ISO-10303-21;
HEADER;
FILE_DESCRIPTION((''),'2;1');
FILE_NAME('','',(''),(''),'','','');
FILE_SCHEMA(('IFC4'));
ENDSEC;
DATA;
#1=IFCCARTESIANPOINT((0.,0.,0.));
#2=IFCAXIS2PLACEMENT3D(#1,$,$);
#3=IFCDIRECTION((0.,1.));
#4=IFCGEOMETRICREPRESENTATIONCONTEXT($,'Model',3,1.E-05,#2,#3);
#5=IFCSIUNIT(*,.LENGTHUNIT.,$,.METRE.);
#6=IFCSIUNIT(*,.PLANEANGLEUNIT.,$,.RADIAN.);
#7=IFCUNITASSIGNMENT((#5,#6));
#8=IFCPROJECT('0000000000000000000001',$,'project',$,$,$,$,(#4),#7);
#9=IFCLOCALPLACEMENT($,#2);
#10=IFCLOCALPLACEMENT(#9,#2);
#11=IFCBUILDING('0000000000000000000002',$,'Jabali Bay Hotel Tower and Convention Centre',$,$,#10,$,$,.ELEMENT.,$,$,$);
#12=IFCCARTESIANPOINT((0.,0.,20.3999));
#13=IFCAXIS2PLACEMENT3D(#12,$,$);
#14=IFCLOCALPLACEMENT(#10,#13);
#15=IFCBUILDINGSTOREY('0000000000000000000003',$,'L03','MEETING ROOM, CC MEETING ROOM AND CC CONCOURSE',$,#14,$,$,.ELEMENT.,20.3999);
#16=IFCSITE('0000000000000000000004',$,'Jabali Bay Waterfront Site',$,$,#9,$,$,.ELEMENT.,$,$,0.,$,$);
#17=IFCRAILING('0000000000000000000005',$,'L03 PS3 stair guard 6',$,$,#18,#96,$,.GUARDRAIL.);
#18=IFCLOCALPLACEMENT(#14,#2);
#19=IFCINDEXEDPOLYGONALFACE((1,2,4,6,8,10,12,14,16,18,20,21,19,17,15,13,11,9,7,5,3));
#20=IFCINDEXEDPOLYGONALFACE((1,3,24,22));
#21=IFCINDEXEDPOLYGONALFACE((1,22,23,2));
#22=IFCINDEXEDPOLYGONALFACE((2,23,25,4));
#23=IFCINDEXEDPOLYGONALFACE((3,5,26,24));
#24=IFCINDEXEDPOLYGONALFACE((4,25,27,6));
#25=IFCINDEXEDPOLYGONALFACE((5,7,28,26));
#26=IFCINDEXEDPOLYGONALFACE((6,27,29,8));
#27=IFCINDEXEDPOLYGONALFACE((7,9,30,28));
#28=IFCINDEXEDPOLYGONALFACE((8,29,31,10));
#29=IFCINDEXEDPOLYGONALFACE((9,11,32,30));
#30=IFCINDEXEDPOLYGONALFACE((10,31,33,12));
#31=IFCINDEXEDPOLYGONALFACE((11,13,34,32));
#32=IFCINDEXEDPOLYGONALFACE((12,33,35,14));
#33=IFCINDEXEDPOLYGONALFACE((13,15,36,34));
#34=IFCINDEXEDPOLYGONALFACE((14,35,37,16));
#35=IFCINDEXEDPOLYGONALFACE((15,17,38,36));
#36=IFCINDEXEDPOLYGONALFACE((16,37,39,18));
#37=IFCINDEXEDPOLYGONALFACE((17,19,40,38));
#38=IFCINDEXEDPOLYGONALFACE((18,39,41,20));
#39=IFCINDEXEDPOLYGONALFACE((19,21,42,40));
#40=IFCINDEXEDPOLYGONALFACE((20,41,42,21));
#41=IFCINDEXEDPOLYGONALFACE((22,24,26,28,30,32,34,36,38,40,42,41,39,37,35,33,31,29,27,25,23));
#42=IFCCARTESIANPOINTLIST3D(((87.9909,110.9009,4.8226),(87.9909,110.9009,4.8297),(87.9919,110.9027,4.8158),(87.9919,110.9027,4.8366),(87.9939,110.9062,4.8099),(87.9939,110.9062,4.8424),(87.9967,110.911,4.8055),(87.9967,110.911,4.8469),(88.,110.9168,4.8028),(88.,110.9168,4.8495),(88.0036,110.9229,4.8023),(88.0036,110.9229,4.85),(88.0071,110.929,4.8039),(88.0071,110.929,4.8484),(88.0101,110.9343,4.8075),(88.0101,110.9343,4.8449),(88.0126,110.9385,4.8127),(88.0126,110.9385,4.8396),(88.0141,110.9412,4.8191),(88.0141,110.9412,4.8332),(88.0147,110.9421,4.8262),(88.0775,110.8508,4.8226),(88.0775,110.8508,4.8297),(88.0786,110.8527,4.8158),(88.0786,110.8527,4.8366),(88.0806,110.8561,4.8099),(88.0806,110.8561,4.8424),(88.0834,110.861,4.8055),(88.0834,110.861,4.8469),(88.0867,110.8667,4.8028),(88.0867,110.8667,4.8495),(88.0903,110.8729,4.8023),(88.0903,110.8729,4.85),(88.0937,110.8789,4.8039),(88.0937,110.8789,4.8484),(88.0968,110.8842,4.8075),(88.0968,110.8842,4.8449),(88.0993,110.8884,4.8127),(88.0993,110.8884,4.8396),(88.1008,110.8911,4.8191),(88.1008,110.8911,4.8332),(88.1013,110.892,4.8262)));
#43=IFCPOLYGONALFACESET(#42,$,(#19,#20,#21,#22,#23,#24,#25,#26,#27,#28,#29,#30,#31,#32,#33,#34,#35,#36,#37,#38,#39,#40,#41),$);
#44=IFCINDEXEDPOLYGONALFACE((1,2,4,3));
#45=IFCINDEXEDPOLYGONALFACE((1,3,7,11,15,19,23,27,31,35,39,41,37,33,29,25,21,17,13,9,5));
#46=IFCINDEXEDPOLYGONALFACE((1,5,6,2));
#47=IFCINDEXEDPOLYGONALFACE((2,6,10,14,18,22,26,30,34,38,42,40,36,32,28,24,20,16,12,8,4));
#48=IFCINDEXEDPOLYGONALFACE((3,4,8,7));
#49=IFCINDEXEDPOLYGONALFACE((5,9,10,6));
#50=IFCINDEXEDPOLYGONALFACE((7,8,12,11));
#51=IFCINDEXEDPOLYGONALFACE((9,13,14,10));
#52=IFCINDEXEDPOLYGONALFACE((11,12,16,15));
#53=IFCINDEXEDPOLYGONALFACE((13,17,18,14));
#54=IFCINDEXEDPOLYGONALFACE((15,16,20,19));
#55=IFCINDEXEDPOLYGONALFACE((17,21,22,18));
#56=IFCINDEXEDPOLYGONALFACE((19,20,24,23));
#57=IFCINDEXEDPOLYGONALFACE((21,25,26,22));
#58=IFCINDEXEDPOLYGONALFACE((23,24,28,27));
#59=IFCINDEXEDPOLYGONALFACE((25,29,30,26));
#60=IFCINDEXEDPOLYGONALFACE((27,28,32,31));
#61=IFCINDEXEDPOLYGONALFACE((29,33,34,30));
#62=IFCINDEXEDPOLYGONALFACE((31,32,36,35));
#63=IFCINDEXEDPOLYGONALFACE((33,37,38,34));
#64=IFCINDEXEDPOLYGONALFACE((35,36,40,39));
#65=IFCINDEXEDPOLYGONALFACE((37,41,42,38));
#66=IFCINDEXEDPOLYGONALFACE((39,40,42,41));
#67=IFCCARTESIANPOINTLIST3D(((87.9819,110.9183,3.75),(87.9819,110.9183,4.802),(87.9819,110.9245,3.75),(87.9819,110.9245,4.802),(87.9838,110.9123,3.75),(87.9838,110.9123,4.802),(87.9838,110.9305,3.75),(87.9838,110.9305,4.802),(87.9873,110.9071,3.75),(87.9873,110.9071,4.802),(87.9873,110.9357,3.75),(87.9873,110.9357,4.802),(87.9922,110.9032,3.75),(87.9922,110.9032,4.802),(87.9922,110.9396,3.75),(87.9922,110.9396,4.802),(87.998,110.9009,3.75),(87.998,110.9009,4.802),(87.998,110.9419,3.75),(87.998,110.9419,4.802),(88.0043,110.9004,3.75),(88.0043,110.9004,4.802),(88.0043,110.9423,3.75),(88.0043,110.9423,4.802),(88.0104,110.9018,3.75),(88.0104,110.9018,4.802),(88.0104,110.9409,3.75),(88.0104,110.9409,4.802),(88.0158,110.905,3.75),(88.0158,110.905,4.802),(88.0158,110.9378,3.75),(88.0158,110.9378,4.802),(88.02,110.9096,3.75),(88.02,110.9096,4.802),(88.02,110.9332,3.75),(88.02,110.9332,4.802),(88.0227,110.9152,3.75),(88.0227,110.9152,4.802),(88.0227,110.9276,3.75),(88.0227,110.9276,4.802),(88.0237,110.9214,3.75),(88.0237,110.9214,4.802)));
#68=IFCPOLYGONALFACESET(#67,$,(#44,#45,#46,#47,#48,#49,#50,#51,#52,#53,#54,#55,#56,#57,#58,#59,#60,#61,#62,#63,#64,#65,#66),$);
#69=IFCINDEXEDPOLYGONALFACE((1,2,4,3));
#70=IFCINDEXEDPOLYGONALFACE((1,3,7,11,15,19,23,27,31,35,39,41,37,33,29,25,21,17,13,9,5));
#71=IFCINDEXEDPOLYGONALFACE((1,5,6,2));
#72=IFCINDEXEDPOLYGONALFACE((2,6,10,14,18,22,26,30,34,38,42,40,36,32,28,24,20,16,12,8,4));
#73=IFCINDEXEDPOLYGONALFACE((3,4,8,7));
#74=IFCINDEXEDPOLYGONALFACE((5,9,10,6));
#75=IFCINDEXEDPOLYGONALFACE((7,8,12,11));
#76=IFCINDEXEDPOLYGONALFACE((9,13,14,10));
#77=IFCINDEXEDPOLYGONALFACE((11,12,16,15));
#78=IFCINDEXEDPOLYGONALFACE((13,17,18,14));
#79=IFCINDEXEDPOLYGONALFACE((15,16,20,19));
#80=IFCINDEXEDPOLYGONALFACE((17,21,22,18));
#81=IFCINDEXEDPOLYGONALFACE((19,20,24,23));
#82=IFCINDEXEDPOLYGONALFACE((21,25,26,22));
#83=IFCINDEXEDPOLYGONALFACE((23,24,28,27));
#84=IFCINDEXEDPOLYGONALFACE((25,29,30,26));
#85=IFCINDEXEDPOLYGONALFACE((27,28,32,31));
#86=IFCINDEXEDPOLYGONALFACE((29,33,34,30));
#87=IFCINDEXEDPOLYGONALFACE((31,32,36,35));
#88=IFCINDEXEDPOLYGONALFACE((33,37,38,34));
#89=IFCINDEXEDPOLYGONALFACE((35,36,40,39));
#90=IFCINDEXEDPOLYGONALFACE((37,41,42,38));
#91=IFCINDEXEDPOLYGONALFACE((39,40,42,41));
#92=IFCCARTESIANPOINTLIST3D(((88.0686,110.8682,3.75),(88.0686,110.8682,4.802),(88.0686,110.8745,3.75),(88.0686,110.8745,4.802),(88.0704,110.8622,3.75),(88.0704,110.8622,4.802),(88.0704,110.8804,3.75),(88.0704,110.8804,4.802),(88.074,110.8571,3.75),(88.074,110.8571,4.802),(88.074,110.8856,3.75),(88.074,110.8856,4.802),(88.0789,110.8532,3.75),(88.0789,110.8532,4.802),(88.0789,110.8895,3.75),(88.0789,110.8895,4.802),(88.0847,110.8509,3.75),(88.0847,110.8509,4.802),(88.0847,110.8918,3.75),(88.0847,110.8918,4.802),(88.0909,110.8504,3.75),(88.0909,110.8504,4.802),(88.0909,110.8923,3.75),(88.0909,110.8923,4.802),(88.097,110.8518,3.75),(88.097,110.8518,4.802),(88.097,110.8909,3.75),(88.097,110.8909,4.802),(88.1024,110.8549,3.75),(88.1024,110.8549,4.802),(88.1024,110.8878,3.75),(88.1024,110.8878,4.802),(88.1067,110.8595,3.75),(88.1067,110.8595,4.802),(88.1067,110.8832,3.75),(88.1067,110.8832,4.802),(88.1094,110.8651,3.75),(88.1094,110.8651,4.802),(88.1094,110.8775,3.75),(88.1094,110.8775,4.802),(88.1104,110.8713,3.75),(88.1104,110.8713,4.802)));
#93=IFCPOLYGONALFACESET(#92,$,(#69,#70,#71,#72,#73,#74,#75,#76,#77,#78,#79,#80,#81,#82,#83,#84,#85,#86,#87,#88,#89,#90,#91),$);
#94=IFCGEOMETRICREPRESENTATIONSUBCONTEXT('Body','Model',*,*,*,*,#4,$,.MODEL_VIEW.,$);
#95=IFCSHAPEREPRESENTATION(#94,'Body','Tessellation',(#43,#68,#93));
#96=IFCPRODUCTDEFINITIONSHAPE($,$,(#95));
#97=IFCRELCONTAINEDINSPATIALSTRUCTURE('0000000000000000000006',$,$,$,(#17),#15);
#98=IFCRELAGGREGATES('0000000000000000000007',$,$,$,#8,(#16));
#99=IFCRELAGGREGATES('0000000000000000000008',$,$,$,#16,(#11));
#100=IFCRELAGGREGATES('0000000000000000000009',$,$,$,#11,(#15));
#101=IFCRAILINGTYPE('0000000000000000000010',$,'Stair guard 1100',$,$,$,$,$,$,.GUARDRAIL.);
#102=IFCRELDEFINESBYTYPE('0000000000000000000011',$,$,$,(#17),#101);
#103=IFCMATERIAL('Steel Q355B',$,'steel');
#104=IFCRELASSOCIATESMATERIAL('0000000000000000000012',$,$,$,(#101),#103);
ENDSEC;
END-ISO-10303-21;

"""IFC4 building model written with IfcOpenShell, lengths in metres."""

from ifc_helpers import new_model, si_unit, direction, frame, origin, origin_2d, place, context, subcontext, project, spatial, circle, extrude, material, type_object, element, save


model = new_model("IFC4")

# Units and contexts
model_context = context("Model", 3, precision=1e-05, world=origin(), true_north=direction((0.0, 1.0)))
body_context = subcontext(model_context, "Body", "Model", "MODEL_VIEW")
ifc_project = project(units=[si_unit("LENGTHUNIT", "METRE"), si_unit("PLANEANGLEUNIT", "RADIAN")], contexts=[model_context])

# Site, building, storey
site_placement = place(None, origin())
site = spatial("IfcSite", under=ifc_project, at=site_placement, Name="Jabali Bay Waterfront Site", CompositionType="ELEMENT", RefElevation=0.0)
building_placement = place(site_placement, origin())
building = spatial("IfcBuilding", under=site, at=building_placement, Name="Jabali Bay Hotel Tower and Convention Centre", CompositionType="ELEMENT")
storey_placement = place(building_placement, frame((0.0, 0.0, 20.3999)))
storey = spatial("IfcBuildingStorey", under=building, at=storey_placement, Name="L03", Description="MEETING ROOM, CC MEETING ROOM AND CC CONCOURSE", CompositionType="ELEMENT", Elevation=20.3999)

# Railing
ifc_material_1 = material(Name="Steel Q355B", Category="steel")
railing_type_1 = type_object("IfcRailingType", Name="Stair guard 1100", PredefinedType="GUARDRAIL", material=ifc_material_1)
railing_1_placement = place(storey_placement, frame((88.0027, 110.9214, 3.75)))
element("IfcRailing", 1, at=railing_1_placement, inside=storey, type_object=railing_type_1, Name="L03 PS3 stair guard 6", PredefinedType="GUARDRAIL", context=body_context, shape_type="SweptSolid", body=[
    extrude(circle(Radius=0.0239, at=origin_2d()), frame((0.0, 0.0, 1.0762), z_axis=(0.865982, -0.500074, 0.0), x_axis=(0.500074, 0.865982, 0.0)), (0.0, 0.0, 1.0), 0.1001),
    extrude(circle(Radius=0.021, at=origin_2d()), origin(), (0.0, 0.0, 1.0), 1.052),
    extrude(circle(Radius=0.021, at=origin_2d()), frame((0.0867, -0.05, 0.0)), (0.0, 0.0, 1.0), 1.052),
])

save(model, "model.ifc")
